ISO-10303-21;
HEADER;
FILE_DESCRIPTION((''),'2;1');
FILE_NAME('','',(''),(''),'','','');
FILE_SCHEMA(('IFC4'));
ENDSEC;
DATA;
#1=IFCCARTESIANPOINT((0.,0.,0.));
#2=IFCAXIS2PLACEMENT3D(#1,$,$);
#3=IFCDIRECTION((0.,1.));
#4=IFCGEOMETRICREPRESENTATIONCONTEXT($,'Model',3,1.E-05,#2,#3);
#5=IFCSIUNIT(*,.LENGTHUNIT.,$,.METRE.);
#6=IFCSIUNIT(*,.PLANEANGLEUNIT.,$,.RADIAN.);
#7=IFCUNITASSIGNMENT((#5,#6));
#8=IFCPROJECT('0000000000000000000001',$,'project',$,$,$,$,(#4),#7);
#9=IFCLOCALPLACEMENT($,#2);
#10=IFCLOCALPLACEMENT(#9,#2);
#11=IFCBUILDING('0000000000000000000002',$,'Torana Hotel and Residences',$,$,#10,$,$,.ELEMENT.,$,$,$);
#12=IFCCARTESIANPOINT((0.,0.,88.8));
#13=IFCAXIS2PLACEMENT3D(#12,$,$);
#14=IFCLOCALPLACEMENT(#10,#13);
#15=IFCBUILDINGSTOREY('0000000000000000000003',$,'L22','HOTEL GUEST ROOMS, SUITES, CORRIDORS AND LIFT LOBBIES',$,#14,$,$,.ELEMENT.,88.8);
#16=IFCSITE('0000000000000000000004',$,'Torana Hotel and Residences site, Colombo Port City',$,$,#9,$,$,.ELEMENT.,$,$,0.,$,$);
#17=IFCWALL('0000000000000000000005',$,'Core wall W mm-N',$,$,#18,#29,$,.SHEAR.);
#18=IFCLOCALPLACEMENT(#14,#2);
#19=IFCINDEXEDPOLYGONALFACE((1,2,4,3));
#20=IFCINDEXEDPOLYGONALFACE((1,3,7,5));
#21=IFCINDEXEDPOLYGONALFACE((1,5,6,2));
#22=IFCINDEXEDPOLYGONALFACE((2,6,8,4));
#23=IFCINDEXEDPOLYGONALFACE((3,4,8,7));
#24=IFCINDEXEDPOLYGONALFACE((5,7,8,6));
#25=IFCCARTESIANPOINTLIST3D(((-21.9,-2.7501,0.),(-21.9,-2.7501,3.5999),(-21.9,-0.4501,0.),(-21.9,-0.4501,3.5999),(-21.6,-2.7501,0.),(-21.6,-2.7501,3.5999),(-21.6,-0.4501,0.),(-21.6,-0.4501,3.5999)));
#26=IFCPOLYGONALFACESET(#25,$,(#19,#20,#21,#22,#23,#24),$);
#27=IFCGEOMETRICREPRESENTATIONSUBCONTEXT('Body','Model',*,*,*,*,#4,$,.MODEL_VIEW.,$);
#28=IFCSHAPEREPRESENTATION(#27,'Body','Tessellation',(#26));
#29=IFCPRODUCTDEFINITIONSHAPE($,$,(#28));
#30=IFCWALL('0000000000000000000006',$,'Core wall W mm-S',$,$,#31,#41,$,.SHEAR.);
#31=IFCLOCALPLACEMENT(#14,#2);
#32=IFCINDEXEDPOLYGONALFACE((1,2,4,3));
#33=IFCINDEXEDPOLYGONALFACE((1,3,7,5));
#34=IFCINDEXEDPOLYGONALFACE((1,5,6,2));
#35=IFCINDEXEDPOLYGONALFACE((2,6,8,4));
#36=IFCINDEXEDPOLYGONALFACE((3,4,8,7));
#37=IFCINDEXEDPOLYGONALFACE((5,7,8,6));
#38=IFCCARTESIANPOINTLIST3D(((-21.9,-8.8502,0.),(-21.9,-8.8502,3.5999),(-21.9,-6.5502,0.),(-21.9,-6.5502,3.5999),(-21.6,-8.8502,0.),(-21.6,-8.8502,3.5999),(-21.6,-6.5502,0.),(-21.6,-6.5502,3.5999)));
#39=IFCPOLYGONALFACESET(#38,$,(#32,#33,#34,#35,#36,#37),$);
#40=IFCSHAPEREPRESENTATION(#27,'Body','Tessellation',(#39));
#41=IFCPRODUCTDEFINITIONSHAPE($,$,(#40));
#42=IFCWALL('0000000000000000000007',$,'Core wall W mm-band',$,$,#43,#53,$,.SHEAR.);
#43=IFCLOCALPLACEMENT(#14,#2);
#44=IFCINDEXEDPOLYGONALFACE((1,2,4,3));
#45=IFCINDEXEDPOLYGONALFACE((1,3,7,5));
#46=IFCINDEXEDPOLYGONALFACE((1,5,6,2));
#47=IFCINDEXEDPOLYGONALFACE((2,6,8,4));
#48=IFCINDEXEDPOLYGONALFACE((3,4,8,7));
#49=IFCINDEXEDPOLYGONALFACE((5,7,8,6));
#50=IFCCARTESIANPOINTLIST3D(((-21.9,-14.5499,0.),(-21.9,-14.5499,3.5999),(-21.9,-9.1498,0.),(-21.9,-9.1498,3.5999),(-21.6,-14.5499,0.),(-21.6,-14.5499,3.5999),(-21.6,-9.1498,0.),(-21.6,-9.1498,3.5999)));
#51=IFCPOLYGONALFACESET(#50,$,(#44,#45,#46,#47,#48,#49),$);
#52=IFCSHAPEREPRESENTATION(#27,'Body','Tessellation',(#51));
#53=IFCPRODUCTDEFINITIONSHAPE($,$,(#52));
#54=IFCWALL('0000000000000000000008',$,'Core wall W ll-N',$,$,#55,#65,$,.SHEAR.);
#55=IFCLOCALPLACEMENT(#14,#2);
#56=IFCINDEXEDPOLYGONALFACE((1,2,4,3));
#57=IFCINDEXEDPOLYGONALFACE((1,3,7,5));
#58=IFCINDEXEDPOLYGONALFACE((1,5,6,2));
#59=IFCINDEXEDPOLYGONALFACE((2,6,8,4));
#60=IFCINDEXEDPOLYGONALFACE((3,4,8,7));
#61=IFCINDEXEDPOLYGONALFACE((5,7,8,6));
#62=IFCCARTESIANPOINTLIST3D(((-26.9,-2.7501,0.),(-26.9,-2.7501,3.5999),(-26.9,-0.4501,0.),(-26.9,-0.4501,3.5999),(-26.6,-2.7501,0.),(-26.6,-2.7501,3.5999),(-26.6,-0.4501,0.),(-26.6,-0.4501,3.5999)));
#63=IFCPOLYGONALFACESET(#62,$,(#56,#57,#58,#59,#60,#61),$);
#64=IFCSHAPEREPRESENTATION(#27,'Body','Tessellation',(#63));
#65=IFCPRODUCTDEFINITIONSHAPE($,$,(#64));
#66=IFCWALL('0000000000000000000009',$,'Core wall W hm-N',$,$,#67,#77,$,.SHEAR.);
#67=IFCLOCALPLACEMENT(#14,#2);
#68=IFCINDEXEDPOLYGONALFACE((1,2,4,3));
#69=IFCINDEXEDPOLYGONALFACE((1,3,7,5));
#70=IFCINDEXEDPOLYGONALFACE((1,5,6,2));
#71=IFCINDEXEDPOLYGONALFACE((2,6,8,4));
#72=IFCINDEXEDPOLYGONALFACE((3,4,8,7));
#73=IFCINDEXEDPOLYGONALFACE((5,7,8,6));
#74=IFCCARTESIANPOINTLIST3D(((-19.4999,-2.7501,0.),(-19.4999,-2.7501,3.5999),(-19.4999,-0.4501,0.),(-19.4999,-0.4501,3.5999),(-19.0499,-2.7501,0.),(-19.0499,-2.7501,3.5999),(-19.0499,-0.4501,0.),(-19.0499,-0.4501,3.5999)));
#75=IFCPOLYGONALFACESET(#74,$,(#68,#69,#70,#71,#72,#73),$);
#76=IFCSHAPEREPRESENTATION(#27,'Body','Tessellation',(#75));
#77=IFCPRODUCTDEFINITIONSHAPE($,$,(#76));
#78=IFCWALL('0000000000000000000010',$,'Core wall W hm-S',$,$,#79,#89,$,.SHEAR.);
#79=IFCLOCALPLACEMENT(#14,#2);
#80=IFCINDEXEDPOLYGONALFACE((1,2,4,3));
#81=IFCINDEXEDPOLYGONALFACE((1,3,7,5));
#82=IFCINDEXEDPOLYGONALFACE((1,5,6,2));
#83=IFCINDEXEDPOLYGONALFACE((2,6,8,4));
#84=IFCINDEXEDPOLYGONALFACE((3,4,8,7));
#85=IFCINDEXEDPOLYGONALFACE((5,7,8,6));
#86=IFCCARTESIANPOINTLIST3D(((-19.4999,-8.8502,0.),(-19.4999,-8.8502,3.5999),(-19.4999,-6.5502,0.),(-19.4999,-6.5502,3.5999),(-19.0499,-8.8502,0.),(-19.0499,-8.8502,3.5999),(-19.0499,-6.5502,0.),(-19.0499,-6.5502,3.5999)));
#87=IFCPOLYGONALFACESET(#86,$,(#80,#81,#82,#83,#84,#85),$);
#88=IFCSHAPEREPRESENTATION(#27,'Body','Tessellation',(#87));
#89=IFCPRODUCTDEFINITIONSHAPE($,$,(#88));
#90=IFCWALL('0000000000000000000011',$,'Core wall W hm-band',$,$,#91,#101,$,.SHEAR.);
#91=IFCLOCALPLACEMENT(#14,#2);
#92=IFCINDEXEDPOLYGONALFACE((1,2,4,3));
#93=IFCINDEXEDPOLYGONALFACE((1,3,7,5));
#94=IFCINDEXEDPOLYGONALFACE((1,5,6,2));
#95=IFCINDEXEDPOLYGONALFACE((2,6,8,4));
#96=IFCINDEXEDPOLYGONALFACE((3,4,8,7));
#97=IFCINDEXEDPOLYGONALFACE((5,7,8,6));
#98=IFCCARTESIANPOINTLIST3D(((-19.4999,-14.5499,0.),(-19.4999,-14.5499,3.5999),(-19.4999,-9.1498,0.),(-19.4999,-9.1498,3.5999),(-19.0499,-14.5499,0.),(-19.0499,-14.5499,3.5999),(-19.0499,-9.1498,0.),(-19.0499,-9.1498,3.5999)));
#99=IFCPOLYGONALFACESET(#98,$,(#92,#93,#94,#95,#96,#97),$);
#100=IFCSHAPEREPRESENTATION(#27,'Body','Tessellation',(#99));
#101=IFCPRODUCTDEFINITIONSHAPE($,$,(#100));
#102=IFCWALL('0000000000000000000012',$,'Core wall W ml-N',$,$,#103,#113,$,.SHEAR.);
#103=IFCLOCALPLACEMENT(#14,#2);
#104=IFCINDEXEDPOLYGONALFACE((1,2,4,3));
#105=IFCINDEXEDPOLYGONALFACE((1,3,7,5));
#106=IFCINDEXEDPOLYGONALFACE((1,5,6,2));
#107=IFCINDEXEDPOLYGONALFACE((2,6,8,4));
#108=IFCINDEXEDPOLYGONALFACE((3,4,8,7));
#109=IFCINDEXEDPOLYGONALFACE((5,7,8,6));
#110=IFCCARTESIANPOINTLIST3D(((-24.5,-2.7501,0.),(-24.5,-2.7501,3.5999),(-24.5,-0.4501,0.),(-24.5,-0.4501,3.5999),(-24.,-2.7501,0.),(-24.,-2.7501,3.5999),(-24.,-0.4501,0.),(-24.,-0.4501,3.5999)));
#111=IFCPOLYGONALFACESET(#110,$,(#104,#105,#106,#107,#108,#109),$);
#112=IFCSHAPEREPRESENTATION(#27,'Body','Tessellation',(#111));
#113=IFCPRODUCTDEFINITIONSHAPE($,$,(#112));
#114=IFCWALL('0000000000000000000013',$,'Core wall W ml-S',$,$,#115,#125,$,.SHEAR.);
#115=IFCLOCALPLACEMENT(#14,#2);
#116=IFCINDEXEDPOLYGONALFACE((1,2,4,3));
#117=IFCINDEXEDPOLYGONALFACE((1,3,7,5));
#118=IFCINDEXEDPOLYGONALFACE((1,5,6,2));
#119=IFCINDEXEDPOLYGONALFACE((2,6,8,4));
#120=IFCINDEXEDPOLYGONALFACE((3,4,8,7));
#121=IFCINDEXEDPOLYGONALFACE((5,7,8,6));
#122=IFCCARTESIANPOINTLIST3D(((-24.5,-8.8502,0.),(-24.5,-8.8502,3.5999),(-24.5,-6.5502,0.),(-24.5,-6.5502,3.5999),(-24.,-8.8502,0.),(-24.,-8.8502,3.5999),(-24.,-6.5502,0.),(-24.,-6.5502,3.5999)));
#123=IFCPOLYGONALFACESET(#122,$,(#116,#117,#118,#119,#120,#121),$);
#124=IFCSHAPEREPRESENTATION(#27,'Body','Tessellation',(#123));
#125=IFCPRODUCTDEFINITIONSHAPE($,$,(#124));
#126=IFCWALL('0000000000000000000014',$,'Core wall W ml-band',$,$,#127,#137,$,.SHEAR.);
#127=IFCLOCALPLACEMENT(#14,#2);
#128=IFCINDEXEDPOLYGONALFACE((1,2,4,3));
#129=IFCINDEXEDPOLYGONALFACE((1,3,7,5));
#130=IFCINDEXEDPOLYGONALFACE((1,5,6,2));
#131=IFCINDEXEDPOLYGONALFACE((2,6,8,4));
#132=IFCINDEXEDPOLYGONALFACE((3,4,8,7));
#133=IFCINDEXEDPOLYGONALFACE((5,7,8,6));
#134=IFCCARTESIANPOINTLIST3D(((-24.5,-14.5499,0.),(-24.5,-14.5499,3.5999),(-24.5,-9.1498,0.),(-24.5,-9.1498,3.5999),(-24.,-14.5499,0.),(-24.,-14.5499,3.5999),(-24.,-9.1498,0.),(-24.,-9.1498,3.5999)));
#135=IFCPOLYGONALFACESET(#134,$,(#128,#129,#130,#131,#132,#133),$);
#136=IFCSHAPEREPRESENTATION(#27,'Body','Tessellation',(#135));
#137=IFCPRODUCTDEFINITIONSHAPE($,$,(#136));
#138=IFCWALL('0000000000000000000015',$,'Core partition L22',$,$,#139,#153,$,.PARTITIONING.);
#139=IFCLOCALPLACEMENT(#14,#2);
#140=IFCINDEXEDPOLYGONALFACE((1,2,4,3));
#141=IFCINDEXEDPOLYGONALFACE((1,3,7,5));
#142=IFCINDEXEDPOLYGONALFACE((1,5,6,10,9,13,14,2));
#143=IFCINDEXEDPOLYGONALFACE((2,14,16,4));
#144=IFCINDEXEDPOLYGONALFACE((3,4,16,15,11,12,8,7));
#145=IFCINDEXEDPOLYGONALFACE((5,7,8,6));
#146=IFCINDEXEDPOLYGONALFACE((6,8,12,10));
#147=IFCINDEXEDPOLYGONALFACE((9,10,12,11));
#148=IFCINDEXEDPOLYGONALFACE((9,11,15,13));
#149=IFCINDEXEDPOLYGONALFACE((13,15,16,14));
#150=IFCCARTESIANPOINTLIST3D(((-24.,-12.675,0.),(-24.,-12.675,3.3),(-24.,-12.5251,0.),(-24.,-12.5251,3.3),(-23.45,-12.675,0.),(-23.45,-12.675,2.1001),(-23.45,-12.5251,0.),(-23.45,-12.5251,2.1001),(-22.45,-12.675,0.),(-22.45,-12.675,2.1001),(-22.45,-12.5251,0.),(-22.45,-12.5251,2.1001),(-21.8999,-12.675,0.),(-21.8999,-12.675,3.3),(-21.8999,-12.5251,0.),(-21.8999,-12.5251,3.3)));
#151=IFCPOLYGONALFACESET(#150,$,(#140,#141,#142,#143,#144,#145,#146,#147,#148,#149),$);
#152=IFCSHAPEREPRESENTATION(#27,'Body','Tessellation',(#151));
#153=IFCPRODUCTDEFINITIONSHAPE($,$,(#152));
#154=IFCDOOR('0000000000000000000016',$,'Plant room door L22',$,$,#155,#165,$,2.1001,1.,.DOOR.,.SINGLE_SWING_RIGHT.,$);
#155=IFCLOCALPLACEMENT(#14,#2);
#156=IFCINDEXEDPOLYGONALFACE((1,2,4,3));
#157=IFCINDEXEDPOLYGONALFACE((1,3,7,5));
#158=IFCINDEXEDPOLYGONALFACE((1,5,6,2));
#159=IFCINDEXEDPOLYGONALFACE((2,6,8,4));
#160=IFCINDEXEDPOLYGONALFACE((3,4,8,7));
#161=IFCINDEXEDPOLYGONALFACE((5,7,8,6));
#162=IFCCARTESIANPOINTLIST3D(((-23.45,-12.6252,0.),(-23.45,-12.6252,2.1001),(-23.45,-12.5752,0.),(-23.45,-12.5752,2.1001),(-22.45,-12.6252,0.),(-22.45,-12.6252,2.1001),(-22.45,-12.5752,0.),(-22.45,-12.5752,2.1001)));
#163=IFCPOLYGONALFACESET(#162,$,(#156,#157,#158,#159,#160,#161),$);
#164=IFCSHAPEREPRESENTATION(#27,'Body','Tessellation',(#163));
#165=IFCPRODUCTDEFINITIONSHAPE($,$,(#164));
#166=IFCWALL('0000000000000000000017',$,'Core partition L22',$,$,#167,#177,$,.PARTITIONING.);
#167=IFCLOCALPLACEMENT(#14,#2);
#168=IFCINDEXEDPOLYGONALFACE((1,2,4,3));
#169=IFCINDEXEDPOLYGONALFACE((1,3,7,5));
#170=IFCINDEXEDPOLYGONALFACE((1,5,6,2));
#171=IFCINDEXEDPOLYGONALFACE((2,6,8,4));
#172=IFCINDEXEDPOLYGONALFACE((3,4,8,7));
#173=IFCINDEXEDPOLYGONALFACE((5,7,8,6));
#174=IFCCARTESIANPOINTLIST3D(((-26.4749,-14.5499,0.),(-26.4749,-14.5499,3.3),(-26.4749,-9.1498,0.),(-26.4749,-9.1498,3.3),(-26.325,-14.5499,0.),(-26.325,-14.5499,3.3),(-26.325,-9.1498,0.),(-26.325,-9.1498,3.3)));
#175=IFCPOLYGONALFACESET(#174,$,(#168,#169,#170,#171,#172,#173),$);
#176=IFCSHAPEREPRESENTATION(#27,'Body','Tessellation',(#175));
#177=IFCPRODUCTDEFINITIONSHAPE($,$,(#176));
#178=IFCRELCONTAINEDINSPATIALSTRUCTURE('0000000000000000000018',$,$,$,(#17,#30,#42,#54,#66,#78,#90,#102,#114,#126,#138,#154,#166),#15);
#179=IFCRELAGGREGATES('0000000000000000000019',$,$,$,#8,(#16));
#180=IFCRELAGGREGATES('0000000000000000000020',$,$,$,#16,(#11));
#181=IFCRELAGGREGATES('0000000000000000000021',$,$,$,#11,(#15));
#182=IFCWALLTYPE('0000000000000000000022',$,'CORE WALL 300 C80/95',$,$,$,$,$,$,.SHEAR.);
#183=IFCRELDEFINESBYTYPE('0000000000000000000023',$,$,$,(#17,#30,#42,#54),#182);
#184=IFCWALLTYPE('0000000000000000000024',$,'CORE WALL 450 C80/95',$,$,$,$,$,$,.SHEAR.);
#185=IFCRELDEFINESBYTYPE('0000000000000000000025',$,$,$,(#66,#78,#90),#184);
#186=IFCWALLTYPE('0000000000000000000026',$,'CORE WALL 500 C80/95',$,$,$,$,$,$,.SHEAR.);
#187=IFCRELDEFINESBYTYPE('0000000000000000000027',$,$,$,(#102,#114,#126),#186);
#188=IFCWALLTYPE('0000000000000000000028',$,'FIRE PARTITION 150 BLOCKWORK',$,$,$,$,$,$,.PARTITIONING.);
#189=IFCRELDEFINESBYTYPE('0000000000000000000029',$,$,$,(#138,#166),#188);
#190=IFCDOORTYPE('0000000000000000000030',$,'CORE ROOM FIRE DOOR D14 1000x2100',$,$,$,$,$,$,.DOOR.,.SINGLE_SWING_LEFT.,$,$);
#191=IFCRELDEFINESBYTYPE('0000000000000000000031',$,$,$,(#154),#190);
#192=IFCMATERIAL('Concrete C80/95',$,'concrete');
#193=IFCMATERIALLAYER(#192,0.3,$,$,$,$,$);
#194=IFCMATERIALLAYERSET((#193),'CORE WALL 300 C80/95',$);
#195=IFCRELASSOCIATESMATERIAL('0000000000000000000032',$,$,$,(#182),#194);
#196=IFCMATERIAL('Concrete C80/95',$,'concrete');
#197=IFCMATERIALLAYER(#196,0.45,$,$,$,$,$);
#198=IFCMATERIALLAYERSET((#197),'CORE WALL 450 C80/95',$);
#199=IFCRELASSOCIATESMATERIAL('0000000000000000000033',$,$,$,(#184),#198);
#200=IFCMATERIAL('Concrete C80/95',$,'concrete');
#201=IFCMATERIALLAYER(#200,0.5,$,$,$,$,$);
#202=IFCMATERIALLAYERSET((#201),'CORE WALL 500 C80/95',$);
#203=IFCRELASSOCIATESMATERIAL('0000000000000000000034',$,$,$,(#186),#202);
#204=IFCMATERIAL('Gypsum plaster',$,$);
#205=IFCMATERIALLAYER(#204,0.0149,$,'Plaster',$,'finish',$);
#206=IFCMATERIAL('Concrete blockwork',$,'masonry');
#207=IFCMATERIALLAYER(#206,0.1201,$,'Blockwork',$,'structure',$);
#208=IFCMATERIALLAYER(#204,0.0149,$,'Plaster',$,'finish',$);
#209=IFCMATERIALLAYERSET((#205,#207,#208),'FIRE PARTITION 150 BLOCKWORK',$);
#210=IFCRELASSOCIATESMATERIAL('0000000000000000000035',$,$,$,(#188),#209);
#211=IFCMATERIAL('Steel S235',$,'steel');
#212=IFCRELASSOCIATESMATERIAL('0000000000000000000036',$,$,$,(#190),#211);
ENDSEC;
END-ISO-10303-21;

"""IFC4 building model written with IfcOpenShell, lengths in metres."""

from ifc_helpers import new_model, si_unit, direction, frame, frame_2d, origin, place, context, subcontext, project, spatial, rectangle, extrude, material, layer, layer_set, type_object, element, fill, save


model = new_model("IFC4")

# Units and contexts
model_context = context("Model", 3, precision=1e-05, world=origin(), true_north=direction((0.0, 1.0)))
body_context = subcontext(model_context, "Body", "Model", "MODEL_VIEW")
ifc_project = project(units=[si_unit("LENGTHUNIT", "METRE"), si_unit("PLANEANGLEUNIT", "RADIAN")], contexts=[model_context])

# Site, building, storey
site_placement = place(None, origin())
site = spatial("IfcSite", under=ifc_project, at=site_placement, Name="Torana Hotel and Residences site, Colombo Port City", CompositionType="ELEMENT", RefElevation=0.0)
building_placement = place(site_placement, origin())
building = spatial("IfcBuilding", under=site, at=building_placement, Name="Torana Hotel and Residences", CompositionType="ELEMENT")
storey_placement = place(building_placement, frame((0.0, 0.0, 88.8)))
storey = spatial("IfcBuildingStorey", under=building, at=storey_placement, Name="L22", Description="HOTEL GUEST ROOMS, SUITES, CORRIDORS AND LIFT LOBBIES", CompositionType="ELEMENT", Elevation=88.8)

# Walls
ifc_material_1 = material(Name="Concrete C80/95", Category="concrete")
ifc_layer_1 = layer(ifc_material_1, 0.3)
ifc_layer_set_1 = layer_set([ifc_layer_1], Name="CORE WALL 300 C80/95")
wall_type_1 = type_object("IfcWallType", Name="CORE WALL 300 C80/95", PredefinedType="SHEAR", material=ifc_layer_set_1)
for number, where, z_axis, x_axis, name in (
    (1, (-21.75, -2.75, 0.0), (0.0, 0.0, 1.0), (0.0, 1.0, 0.0), "Core wall W mm-N"),
    (2, (-21.75, -8.8501, 0.0), (0.0, 0.0, 1.0), (0.0, 1.0, 0.0), "Core wall W mm-S"),
):
    element("IfcWall", number, at=place(storey_placement, frame(where, z_axis=z_axis, x_axis=x_axis)), inside=storey, type_object=wall_type_1, Name=name, PredefinedType="SHEAR", context=body_context, shape_type="SweptSolid", body=[
        extrude(rectangle(XDim=2.3, YDim=0.3, at=frame_2d((1.1499, 0.0))), origin(), (0.0, 0.0, 1.0), 3.5999),
    ])
wall_1_placement = place(storey_placement, frame((-21.75, -14.55, 0.0), z_axis=(0.0, 0.0, 1.0), x_axis=(0.0, 1.0, 0.0)))
element("IfcWall", 3, at=wall_1_placement, inside=storey, type_object=wall_type_1, Name="Core wall W mm-band", PredefinedType="SHEAR", context=body_context, shape_type="SweptSolid", body=[
    extrude(rectangle(XDim=5.4001, YDim=0.3, at=frame_2d((2.7002, 0.0))), origin(), (0.0, 0.0, 1.0), 3.5999),
])
wall_2_placement = place(storey_placement, frame((-26.75, -2.75, 0.0), z_axis=(0.0, 0.0, 1.0), x_axis=(0.0, 1.0, 0.0)))
element("IfcWall", 4, at=wall_2_placement, inside=storey, type_object=wall_type_1, Name="Core wall W ll-N", PredefinedType="SHEAR", context=body_context, shape_type="SweptSolid", body=[
    extrude(rectangle(XDim=2.3, YDim=0.3, at=frame_2d((1.1499, 0.0))), origin(), (0.0, 0.0, 1.0), 3.5999),
])
ifc_material_2 = material(Name="Concrete C80/95", Category="concrete")
ifc_layer_2 = layer(ifc_material_2, 0.45)
ifc_layer_set_2 = layer_set([ifc_layer_2], Name="CORE WALL 450 C80/95")
wall_type_2 = type_object("IfcWallType", Name="CORE WALL 450 C80/95", PredefinedType="SHEAR", material=ifc_layer_set_2)
for number, where, z_axis, x_axis, name in (
    (5, (-19.2749, -2.75, 0.0), (0.0, 0.0, 1.0), (0.0, 1.0, 0.0), "Core wall W hm-N"),
    (6, (-19.2749, -8.8501, 0.0), (0.0, 0.0, 1.0), (0.0, 1.0, 0.0), "Core wall W hm-S"),
):
    element("IfcWall", number, at=place(storey_placement, frame(where, z_axis=z_axis, x_axis=x_axis)), inside=storey, type_object=wall_type_2, Name=name, PredefinedType="SHEAR", context=body_context, shape_type="SweptSolid", body=[
        extrude(rectangle(XDim=2.3, YDim=0.45, at=frame_2d((1.1499, 0.0))), origin(), (0.0, 0.0, 1.0), 3.5999),
    ])
wall_3_placement = place(storey_placement, frame((-19.2749, -14.55, 0.0), z_axis=(0.0, 0.0, 1.0), x_axis=(0.0, 1.0, 0.0)))
element("IfcWall", 7, at=wall_3_placement, inside=storey, type_object=wall_type_2, Name="Core wall W hm-band", PredefinedType="SHEAR", context=body_context, shape_type="SweptSolid", body=[
    extrude(rectangle(XDim=5.4001, YDim=0.45, at=frame_2d((2.7002, 0.0))), origin(), (0.0, 0.0, 1.0), 3.5999),
])
ifc_material_3 = material(Name="Concrete C80/95", Category="concrete")
ifc_layer_3 = layer(ifc_material_3, 0.5)
ifc_layer_set_3 = layer_set([ifc_layer_3], Name="CORE WALL 500 C80/95")
wall_type_3 = type_object("IfcWallType", Name="CORE WALL 500 C80/95", PredefinedType="SHEAR", material=ifc_layer_set_3)
for number, where, z_axis, x_axis, name in (
    (8, (-24.25, -2.75, 0.0), (0.0, 0.0, 1.0), (0.0, 1.0, 0.0), "Core wall W ml-N"),
    (9, (-24.25, -8.8501, 0.0), (0.0, 0.0, 1.0), (0.0, 1.0, 0.0), "Core wall W ml-S"),
):
    element("IfcWall", number, at=place(storey_placement, frame(where, z_axis=z_axis, x_axis=x_axis)), inside=storey, type_object=wall_type_3, Name=name, PredefinedType="SHEAR", context=body_context, shape_type="SweptSolid", body=[
        extrude(rectangle(XDim=2.3, YDim=0.5, at=frame_2d((1.1499, 0.0))), origin(), (0.0, 0.0, 1.0), 3.5999),
    ])
wall_4_placement = place(storey_placement, frame((-24.25, -14.55, 0.0), z_axis=(0.0, 0.0, 1.0), x_axis=(0.0, 1.0, 0.0)))
element("IfcWall", 10, at=wall_4_placement, inside=storey, type_object=wall_type_3, Name="Core wall W ml-band", PredefinedType="SHEAR", context=body_context, shape_type="SweptSolid", body=[
    extrude(rectangle(XDim=5.4001, YDim=0.5, at=frame_2d((2.7002, 0.0))), origin(), (0.0, 0.0, 1.0), 3.5999),
])

# Wall, opening, door
ifc_material_4 = material(Name="Gypsum plaster")
ifc_layer_4 = layer(ifc_material_4, 0.0149, Name="Plaster", Category="finish")
ifc_material_5 = material(Name="Concrete blockwork", Category="masonry")
ifc_layer_5 = layer(ifc_material_5, 0.1201, Name="Blockwork", Category="structure")
ifc_layer_6 = layer(ifc_material_4, 0.0149, Name="Plaster", Category="finish")
ifc_layer_set_4 = layer_set([ifc_layer_4, ifc_layer_5, ifc_layer_6], Name="FIRE PARTITION 150 BLOCKWORK")
wall_type_4 = type_object("IfcWallType", Name="FIRE PARTITION 150 BLOCKWORK", PredefinedType="PARTITIONING", material=ifc_layer_set_4)
wall_5_placement = place(storey_placement, frame((-24.0, -12.6001, 0.0), z_axis=(0.0, 0.0, 1.0), x_axis=(1.0, 0.0, 0.0)))
wall_5 = element("IfcWall", 11, at=wall_5_placement, inside=storey, type_object=wall_type_4, Name="Core partition L22", PredefinedType="PARTITIONING", context=body_context, shape_type="SweptSolid", body=[
    extrude(rectangle(XDim=2.1001, YDim=0.1499, at=frame_2d((1.05, 0.0))), origin(), (0.0, 0.0, 1.0), 3.3),
])
opening_placement = place(wall_5_placement, frame((0.55, 0.0, 0.0)))
opening = element("IfcOpeningElement", 12, at=opening_placement, cuts=wall_5, PredefinedType="OPENING", context=body_context, shape_type="SweptSolid", body=[
    extrude(rectangle(XDim=1.0, YDim=2.1001, at=frame_2d((0.5, 1.05))), frame((0.0, 0.085, 0.0), z_axis=(0.0, -1.0, 0.0), x_axis=(1.0, 0.0, 0.0)), (0.0, 0.0, 1.0), 0.1699),
])
ifc_material_6 = material(Name="Steel S235", Category="steel")
door_type = type_object("IfcDoorType", Name="CORE ROOM FIRE DOOR D14 1000x2100", OperationType="SINGLE_SWING_LEFT", PredefinedType="DOOR", material=ifc_material_6)
door_placement = place(opening_placement, origin())
door = element("IfcDoor", 13, at=door_placement, inside=storey, type_object=door_type, Name="Plant room door L22", OperationType="SINGLE_SWING_RIGHT", OverallHeight=2.1001, OverallWidth=1.0, PredefinedType="DOOR", context=body_context, shape_type="SweptSolid", body=[
    extrude(rectangle(XDim=1.0, YDim=2.1001, at=frame_2d((0.5, 1.05))), frame((0.0, 0.0249, 0.0), z_axis=(0.0, -1.0, 0.0), x_axis=(1.0, 0.0, 0.0)), (0.0, 0.0, 1.0), 0.05),
])
fill(opening, door)

# Wall
wall_6_placement = place(storey_placement, frame((-26.3999, -14.55, 0.0), z_axis=(0.0, 0.0, 1.0), x_axis=(0.0, 1.0, 0.0)))
element("IfcWall", 14, at=wall_6_placement, inside=storey, type_object=wall_type_4, Name="Core partition L22", PredefinedType="PARTITIONING", context=body_context, shape_type="SweptSolid", body=[
    extrude(rectangle(XDim=5.4001, YDim=0.1499, at=frame_2d((2.7002, 0.0))), origin(), (0.0, 0.0, 1.0), 3.3),
])

save(model, "model.ifc")
